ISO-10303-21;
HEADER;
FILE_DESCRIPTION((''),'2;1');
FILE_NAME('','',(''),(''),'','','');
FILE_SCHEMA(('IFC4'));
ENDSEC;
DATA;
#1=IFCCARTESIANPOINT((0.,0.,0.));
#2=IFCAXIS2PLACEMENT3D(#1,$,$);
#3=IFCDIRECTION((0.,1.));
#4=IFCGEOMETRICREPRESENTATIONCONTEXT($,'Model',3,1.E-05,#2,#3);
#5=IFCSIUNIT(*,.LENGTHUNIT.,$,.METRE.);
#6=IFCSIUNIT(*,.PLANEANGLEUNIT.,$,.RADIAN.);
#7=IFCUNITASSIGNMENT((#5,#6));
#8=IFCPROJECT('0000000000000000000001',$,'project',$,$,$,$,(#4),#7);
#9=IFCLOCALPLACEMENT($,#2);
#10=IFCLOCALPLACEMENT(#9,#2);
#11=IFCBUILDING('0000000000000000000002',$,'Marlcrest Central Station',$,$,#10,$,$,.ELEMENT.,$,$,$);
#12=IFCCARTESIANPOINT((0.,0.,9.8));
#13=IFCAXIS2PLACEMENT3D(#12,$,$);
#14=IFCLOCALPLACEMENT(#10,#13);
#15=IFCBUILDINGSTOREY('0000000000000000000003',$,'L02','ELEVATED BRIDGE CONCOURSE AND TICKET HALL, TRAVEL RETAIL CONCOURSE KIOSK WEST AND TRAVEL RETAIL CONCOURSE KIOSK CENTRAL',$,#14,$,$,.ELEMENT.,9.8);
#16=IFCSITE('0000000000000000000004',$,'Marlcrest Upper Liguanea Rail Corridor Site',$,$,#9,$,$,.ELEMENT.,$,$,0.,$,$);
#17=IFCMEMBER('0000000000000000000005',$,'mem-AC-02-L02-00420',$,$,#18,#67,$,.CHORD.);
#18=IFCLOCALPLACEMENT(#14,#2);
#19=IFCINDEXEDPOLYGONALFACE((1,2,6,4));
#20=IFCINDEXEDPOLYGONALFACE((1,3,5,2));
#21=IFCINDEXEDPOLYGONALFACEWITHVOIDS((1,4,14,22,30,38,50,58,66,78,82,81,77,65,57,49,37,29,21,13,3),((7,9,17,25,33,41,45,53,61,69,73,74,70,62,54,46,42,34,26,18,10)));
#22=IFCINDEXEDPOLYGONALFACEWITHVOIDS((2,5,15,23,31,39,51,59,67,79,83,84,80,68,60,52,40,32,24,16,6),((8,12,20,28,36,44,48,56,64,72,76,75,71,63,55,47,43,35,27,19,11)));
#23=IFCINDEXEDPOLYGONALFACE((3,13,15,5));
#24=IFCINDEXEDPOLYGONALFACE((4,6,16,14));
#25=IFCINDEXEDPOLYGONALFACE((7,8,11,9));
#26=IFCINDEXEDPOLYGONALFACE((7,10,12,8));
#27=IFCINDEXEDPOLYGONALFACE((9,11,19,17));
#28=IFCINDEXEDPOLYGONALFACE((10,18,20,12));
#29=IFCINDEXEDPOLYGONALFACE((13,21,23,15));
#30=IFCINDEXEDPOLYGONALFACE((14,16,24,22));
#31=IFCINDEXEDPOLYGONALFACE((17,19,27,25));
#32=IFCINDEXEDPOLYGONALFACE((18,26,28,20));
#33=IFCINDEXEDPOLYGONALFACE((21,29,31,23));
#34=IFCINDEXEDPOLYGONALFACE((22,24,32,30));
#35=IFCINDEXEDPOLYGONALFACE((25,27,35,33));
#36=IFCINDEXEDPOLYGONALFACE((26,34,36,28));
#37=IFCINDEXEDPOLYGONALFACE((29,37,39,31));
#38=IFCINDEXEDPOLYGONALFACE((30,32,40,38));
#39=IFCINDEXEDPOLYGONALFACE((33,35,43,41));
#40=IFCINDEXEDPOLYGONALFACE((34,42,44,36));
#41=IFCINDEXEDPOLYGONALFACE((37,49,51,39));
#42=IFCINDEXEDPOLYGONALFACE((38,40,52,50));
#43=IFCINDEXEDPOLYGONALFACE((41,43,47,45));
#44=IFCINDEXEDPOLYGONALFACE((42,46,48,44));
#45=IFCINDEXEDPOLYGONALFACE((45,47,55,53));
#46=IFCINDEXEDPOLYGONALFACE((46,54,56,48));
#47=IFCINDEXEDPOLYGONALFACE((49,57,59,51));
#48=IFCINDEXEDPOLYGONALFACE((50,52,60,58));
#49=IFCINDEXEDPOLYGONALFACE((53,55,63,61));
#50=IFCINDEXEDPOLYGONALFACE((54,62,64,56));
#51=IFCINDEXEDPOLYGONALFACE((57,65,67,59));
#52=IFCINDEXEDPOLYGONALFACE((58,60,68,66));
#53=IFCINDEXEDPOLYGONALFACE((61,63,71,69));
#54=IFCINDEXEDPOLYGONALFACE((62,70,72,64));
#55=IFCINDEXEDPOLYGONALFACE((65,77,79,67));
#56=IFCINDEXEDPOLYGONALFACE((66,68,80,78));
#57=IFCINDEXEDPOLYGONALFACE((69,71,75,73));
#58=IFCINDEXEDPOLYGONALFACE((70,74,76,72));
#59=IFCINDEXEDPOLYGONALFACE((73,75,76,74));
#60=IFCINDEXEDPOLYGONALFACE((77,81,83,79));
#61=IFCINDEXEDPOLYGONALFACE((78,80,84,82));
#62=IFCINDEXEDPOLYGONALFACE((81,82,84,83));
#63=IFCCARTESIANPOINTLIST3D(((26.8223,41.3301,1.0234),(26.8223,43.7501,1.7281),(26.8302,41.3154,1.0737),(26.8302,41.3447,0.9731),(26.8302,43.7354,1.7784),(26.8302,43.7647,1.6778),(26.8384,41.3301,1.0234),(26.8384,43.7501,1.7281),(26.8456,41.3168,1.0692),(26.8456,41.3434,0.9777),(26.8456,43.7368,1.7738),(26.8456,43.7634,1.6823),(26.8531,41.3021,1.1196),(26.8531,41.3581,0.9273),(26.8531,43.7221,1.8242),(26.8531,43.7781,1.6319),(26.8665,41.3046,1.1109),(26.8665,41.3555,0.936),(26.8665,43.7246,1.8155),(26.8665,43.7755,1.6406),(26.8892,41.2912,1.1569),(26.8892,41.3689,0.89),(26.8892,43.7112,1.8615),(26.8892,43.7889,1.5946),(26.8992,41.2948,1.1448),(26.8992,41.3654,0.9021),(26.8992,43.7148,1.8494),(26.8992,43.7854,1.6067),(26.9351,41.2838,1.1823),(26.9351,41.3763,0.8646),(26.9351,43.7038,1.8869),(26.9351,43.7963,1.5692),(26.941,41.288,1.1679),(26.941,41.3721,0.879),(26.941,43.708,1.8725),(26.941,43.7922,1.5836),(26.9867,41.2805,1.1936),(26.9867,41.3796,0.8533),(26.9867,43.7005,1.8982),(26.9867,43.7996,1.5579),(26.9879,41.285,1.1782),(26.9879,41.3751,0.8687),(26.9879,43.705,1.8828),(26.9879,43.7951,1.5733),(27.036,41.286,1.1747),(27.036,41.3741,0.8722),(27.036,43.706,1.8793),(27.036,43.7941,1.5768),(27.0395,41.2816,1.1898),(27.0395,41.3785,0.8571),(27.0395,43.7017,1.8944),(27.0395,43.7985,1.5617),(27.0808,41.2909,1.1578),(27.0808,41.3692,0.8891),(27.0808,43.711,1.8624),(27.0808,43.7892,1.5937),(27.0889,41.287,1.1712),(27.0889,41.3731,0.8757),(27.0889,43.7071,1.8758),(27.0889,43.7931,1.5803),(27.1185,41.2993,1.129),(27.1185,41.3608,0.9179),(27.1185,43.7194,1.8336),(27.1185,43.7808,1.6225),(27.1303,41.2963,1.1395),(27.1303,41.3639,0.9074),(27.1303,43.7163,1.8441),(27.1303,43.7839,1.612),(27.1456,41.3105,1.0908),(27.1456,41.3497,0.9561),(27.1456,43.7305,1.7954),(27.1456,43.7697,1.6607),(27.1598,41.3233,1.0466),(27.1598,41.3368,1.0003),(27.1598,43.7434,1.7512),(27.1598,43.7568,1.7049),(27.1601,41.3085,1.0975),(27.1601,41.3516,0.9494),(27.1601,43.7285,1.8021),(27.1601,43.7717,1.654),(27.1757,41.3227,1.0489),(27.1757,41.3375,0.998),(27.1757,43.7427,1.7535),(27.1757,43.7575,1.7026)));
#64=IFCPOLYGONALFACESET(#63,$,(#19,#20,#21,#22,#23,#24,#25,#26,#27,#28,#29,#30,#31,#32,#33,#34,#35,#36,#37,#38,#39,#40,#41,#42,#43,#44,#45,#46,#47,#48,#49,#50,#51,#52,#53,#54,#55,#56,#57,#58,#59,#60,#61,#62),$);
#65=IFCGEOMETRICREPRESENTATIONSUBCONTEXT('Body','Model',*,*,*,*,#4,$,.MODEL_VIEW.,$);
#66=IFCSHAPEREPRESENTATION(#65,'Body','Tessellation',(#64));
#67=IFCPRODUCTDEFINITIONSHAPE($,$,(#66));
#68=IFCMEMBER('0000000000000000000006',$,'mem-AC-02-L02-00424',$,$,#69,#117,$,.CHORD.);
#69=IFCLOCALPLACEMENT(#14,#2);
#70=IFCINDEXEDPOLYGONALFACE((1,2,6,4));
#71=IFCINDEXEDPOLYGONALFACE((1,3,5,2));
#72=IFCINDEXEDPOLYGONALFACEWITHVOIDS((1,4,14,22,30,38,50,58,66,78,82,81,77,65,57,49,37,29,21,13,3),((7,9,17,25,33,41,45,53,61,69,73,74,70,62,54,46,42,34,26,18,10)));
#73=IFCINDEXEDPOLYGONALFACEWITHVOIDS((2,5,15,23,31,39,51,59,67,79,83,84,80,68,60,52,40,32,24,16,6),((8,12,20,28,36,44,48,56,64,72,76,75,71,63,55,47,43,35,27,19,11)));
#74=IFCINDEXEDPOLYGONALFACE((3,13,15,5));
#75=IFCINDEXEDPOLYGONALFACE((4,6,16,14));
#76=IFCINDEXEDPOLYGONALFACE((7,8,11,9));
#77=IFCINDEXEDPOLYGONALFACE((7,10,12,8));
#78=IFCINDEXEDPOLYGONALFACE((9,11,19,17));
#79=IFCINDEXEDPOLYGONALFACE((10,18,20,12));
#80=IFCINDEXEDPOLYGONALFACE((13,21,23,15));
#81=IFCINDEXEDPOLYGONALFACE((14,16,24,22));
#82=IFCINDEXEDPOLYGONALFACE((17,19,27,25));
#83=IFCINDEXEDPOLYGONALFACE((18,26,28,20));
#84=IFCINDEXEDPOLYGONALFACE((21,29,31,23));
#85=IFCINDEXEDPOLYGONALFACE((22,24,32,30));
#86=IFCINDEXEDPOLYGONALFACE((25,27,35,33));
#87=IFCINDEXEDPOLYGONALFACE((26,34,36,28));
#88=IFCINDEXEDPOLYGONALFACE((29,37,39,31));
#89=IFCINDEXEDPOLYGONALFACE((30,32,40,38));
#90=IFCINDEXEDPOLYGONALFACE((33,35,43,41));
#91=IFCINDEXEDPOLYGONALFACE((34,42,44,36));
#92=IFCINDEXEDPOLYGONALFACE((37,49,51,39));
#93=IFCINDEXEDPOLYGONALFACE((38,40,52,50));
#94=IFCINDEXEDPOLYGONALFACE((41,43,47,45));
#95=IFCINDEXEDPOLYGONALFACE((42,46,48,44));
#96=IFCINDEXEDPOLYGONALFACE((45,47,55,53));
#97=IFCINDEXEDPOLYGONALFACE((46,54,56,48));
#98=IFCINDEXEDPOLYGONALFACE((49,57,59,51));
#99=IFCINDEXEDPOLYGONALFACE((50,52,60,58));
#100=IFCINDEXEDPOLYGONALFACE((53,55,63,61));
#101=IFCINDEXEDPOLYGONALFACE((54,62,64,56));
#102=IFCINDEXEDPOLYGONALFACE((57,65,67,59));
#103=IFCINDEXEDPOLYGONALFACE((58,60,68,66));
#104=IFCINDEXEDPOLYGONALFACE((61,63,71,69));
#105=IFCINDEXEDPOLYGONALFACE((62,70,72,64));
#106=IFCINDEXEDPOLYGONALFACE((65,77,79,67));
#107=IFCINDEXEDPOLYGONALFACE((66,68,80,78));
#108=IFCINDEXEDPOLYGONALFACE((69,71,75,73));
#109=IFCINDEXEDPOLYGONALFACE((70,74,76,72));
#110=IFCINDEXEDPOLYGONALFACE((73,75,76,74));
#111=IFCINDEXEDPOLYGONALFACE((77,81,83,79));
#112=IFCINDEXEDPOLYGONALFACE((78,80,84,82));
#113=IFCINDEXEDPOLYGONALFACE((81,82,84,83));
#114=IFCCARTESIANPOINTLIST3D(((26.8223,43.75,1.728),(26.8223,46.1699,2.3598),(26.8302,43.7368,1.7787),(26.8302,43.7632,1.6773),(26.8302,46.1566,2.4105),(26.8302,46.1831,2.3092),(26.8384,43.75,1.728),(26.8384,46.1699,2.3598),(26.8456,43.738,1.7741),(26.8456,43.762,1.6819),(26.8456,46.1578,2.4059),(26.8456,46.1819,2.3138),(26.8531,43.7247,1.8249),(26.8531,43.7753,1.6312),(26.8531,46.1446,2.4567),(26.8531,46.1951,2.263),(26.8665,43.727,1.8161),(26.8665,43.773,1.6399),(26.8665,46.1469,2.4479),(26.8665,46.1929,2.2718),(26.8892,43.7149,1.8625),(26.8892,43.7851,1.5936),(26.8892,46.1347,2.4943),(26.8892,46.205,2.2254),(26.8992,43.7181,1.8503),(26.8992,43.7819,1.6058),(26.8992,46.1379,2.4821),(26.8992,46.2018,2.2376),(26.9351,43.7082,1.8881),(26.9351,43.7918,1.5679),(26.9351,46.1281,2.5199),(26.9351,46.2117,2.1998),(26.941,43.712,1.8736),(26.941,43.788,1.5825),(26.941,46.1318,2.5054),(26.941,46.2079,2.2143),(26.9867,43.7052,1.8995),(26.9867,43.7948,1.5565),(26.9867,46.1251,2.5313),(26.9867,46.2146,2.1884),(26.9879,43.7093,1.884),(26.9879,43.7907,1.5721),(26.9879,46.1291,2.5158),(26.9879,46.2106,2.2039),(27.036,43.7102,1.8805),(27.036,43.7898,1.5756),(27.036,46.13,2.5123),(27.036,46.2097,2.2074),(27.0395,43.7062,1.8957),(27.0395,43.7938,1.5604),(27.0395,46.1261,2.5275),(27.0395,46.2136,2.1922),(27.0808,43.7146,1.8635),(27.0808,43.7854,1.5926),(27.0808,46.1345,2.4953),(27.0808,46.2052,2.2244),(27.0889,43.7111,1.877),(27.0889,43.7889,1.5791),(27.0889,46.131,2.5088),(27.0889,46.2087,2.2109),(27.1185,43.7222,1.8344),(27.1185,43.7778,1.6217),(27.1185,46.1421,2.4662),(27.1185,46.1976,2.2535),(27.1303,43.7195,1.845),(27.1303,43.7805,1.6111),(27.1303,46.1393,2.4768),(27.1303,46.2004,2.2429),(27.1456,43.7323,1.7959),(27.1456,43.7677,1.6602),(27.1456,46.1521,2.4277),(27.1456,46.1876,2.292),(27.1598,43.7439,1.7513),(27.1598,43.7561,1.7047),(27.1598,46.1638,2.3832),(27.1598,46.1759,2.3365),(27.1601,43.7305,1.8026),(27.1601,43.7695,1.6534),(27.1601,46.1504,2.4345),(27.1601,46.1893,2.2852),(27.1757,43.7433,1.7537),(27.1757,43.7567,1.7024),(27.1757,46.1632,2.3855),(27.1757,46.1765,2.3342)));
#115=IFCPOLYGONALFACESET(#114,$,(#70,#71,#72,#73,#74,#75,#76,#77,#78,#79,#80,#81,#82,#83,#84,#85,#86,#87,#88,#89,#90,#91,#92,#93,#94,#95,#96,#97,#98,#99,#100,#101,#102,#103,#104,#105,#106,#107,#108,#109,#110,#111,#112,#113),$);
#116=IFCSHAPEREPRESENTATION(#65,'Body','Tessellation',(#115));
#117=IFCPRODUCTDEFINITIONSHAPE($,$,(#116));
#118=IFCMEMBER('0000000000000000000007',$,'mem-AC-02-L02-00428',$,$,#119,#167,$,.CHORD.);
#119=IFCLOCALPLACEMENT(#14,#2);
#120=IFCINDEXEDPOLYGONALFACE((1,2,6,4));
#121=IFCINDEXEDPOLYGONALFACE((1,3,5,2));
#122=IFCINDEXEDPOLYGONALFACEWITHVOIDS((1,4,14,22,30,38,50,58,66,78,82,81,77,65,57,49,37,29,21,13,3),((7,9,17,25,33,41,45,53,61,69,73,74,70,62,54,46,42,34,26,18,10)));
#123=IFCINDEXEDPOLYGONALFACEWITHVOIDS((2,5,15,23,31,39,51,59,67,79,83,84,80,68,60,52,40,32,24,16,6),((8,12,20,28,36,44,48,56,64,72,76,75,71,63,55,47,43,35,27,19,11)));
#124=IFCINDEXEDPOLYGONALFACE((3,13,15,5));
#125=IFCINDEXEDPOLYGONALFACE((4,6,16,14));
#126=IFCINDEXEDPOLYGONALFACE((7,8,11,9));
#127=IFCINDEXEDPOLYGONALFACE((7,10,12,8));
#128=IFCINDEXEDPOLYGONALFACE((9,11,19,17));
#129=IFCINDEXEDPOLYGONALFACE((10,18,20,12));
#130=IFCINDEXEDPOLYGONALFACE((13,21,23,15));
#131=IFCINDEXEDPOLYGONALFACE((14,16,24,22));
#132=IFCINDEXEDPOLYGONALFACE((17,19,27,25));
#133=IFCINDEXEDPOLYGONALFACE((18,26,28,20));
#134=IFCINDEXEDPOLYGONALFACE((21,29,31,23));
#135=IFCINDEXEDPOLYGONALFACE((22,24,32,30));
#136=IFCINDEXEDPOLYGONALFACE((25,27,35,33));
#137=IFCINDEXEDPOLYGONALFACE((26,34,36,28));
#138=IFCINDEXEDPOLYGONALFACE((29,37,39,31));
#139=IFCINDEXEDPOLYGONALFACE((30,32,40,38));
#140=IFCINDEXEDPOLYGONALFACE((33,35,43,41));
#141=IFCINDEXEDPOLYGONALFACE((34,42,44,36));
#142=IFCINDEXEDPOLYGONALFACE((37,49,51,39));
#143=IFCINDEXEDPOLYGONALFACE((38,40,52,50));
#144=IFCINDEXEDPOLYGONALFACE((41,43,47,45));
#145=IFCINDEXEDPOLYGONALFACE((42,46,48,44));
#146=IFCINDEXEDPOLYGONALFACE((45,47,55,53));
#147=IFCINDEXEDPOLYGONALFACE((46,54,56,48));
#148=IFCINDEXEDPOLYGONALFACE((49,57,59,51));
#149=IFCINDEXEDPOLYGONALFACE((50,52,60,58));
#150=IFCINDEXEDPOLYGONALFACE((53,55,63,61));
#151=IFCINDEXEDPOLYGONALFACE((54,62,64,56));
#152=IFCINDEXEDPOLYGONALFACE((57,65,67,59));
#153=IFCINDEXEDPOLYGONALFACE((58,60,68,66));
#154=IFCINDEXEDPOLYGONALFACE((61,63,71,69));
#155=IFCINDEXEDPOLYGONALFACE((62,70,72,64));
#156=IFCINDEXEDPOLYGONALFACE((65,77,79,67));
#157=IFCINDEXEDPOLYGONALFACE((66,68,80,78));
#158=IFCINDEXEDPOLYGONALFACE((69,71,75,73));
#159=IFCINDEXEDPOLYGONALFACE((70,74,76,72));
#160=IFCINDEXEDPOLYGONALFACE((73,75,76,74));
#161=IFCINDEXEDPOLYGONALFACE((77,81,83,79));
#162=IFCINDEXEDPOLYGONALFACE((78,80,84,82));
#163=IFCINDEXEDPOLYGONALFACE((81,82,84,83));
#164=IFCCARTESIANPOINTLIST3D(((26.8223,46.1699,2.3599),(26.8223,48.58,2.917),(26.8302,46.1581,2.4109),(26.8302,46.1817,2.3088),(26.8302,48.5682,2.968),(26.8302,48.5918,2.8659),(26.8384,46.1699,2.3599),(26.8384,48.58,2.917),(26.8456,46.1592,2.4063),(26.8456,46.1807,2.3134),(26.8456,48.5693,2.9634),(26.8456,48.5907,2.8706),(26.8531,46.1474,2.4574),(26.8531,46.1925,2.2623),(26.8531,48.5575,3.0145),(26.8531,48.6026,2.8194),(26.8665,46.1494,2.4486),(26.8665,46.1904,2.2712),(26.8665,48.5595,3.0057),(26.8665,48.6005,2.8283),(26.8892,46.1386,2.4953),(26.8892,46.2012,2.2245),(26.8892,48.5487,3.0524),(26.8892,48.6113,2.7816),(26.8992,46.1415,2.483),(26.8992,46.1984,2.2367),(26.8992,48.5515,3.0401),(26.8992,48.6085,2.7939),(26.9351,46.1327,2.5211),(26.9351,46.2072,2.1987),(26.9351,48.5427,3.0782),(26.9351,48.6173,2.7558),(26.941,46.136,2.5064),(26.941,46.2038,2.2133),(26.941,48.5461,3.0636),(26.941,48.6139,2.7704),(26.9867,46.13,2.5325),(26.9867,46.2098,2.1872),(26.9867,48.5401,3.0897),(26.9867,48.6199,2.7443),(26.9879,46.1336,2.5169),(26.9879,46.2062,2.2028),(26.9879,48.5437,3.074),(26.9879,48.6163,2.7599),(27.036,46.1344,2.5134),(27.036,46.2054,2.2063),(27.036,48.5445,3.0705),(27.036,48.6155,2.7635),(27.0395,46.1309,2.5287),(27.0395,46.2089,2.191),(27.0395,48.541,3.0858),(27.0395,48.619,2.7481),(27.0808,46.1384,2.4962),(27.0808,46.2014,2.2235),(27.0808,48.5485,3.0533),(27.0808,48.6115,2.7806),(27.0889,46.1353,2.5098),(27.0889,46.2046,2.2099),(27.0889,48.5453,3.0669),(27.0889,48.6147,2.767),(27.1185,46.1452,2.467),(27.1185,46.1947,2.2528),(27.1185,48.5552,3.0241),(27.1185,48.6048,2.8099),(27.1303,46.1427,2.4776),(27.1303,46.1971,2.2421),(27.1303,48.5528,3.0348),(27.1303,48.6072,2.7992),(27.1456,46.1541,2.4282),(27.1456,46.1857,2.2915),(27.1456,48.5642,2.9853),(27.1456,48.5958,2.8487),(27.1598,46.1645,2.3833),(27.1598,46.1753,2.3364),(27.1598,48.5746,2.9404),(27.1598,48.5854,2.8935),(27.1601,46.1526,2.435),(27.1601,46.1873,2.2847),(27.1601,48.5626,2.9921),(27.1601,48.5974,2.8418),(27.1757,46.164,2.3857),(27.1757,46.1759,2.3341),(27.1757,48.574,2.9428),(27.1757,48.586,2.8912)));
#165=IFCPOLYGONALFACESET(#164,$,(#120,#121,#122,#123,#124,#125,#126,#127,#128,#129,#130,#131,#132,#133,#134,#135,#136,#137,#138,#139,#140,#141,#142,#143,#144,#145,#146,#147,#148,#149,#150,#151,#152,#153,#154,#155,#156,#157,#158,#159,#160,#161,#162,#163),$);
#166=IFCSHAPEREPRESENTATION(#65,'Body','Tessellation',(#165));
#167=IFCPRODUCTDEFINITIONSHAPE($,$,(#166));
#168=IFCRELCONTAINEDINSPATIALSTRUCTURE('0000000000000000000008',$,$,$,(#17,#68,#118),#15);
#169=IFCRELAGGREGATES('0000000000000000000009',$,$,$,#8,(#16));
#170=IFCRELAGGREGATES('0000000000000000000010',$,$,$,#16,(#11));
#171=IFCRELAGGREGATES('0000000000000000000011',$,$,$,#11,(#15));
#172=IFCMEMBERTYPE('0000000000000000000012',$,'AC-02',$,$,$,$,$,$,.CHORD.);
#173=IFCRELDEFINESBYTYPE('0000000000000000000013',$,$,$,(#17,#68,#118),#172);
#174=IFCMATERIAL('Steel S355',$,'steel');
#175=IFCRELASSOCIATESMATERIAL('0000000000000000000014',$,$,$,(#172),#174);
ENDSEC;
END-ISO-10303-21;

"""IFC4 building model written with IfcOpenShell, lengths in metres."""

from ifc_helpers import new_model, si_unit, direction, frame, origin, origin_2d, place, context, subcontext, project, spatial, hollow_circle, extrude, material, material_profile, profile_set, type_object, element, save


model = new_model("IFC4")

# Units and contexts
model_context = context("Model", 3, precision=1e-05, world=origin(), true_north=direction((0.0, 1.0)))
body_context = subcontext(model_context, "Body", "Model", "MODEL_VIEW")
ifc_project = project(units=[si_unit("LENGTHUNIT", "METRE"), si_unit("PLANEANGLEUNIT", "RADIAN")], contexts=[model_context])

# Site, building, storey
site_placement = place(None, origin())
site = spatial("IfcSite", under=ifc_project, at=site_placement, Name="Marlcrest Upper Liguanea Rail Corridor Site", CompositionType="ELEMENT", RefElevation=0.0)
building_placement = place(site_placement, origin())
building = spatial("IfcBuilding", under=site, at=building_placement, Name="Marlcrest Central Station", CompositionType="ELEMENT")
storey_placement = place(building_placement, frame((0.0, 0.0, 9.8)))
storey = spatial("IfcBuildingStorey", under=building, at=storey_placement, Name="L02", Description="ELEVATED BRIDGE CONCOURSE AND TICKET HALL, TRAVEL RETAIL CONCOURSE KIOSK WEST AND TRAVEL RETAIL CONCOURSE KIOSK CENTRAL", CompositionType="ELEMENT", Elevation=9.8)

# Members
ifc_material_1 = material(Name="Steel S355", Category="steel")
ifc_material_profile_1 = material_profile(ifc_material_1, hollow_circle(Radius=0.1777, WallThickness=0.0161, at=origin_2d()), Name="CHS 355.6x16")
ifc_profile_set_1 = profile_set([ifc_material_profile_1], Name="Steel S355")
member_type_1 = type_object("IfcMemberType", Name="AC-02", PredefinedType="CHORD", material=ifc_profile_set_1)
member_1_placement = place(storey_placement, frame((27.0, 41.3301, 1.0234), z_axis=(0.0, 0.96013, 0.279554), x_axis=(-1.0, 0.0, 0.0)))
element("IfcMember", 1, at=member_1_placement, inside=storey, type_object=member_type_1, Name="mem-AC-02-L02-00420", PredefinedType="CHORD", context=body_context, shape_type="SweptSolid", body=[
    extrude(hollow_circle(Radius=0.1777, WallThickness=0.0161, at=origin_2d()), origin(), (0.0, 0.0, 1.0), 2.5205),
])
member_2_placement = place(storey_placement, frame((27.0, 43.75, 1.728), z_axis=(0.0, 0.967563, 0.252629), x_axis=(-1.0, 0.0, 0.0)))
element("IfcMember", 2, at=member_2_placement, inside=storey, type_object=member_type_1, Name="mem-AC-02-L02-00424", PredefinedType="CHORD", context=body_context, shape_type="SweptSolid", body=[
    extrude(hollow_circle(Radius=0.1777, WallThickness=0.0161, at=origin_2d()), origin(), (0.0, 0.0, 1.0), 2.501),
])
member_3_placement = place(storey_placement, frame((27.0, 46.1699, 2.3599), z_axis=(0.0, 0.974308, 0.22522), x_axis=(-1.0, 0.0, 0.0)))
element("IfcMember", 3, at=member_3_placement, inside=storey, type_object=member_type_1, Name="mem-AC-02-L02-00428", PredefinedType="CHORD", context=body_context, shape_type="SweptSolid", body=[
    extrude(hollow_circle(Radius=0.1777, WallThickness=0.0161, at=origin_2d()), origin(), (0.0, 0.0, 1.0), 2.4736),
])

save(model, "model.ifc")
